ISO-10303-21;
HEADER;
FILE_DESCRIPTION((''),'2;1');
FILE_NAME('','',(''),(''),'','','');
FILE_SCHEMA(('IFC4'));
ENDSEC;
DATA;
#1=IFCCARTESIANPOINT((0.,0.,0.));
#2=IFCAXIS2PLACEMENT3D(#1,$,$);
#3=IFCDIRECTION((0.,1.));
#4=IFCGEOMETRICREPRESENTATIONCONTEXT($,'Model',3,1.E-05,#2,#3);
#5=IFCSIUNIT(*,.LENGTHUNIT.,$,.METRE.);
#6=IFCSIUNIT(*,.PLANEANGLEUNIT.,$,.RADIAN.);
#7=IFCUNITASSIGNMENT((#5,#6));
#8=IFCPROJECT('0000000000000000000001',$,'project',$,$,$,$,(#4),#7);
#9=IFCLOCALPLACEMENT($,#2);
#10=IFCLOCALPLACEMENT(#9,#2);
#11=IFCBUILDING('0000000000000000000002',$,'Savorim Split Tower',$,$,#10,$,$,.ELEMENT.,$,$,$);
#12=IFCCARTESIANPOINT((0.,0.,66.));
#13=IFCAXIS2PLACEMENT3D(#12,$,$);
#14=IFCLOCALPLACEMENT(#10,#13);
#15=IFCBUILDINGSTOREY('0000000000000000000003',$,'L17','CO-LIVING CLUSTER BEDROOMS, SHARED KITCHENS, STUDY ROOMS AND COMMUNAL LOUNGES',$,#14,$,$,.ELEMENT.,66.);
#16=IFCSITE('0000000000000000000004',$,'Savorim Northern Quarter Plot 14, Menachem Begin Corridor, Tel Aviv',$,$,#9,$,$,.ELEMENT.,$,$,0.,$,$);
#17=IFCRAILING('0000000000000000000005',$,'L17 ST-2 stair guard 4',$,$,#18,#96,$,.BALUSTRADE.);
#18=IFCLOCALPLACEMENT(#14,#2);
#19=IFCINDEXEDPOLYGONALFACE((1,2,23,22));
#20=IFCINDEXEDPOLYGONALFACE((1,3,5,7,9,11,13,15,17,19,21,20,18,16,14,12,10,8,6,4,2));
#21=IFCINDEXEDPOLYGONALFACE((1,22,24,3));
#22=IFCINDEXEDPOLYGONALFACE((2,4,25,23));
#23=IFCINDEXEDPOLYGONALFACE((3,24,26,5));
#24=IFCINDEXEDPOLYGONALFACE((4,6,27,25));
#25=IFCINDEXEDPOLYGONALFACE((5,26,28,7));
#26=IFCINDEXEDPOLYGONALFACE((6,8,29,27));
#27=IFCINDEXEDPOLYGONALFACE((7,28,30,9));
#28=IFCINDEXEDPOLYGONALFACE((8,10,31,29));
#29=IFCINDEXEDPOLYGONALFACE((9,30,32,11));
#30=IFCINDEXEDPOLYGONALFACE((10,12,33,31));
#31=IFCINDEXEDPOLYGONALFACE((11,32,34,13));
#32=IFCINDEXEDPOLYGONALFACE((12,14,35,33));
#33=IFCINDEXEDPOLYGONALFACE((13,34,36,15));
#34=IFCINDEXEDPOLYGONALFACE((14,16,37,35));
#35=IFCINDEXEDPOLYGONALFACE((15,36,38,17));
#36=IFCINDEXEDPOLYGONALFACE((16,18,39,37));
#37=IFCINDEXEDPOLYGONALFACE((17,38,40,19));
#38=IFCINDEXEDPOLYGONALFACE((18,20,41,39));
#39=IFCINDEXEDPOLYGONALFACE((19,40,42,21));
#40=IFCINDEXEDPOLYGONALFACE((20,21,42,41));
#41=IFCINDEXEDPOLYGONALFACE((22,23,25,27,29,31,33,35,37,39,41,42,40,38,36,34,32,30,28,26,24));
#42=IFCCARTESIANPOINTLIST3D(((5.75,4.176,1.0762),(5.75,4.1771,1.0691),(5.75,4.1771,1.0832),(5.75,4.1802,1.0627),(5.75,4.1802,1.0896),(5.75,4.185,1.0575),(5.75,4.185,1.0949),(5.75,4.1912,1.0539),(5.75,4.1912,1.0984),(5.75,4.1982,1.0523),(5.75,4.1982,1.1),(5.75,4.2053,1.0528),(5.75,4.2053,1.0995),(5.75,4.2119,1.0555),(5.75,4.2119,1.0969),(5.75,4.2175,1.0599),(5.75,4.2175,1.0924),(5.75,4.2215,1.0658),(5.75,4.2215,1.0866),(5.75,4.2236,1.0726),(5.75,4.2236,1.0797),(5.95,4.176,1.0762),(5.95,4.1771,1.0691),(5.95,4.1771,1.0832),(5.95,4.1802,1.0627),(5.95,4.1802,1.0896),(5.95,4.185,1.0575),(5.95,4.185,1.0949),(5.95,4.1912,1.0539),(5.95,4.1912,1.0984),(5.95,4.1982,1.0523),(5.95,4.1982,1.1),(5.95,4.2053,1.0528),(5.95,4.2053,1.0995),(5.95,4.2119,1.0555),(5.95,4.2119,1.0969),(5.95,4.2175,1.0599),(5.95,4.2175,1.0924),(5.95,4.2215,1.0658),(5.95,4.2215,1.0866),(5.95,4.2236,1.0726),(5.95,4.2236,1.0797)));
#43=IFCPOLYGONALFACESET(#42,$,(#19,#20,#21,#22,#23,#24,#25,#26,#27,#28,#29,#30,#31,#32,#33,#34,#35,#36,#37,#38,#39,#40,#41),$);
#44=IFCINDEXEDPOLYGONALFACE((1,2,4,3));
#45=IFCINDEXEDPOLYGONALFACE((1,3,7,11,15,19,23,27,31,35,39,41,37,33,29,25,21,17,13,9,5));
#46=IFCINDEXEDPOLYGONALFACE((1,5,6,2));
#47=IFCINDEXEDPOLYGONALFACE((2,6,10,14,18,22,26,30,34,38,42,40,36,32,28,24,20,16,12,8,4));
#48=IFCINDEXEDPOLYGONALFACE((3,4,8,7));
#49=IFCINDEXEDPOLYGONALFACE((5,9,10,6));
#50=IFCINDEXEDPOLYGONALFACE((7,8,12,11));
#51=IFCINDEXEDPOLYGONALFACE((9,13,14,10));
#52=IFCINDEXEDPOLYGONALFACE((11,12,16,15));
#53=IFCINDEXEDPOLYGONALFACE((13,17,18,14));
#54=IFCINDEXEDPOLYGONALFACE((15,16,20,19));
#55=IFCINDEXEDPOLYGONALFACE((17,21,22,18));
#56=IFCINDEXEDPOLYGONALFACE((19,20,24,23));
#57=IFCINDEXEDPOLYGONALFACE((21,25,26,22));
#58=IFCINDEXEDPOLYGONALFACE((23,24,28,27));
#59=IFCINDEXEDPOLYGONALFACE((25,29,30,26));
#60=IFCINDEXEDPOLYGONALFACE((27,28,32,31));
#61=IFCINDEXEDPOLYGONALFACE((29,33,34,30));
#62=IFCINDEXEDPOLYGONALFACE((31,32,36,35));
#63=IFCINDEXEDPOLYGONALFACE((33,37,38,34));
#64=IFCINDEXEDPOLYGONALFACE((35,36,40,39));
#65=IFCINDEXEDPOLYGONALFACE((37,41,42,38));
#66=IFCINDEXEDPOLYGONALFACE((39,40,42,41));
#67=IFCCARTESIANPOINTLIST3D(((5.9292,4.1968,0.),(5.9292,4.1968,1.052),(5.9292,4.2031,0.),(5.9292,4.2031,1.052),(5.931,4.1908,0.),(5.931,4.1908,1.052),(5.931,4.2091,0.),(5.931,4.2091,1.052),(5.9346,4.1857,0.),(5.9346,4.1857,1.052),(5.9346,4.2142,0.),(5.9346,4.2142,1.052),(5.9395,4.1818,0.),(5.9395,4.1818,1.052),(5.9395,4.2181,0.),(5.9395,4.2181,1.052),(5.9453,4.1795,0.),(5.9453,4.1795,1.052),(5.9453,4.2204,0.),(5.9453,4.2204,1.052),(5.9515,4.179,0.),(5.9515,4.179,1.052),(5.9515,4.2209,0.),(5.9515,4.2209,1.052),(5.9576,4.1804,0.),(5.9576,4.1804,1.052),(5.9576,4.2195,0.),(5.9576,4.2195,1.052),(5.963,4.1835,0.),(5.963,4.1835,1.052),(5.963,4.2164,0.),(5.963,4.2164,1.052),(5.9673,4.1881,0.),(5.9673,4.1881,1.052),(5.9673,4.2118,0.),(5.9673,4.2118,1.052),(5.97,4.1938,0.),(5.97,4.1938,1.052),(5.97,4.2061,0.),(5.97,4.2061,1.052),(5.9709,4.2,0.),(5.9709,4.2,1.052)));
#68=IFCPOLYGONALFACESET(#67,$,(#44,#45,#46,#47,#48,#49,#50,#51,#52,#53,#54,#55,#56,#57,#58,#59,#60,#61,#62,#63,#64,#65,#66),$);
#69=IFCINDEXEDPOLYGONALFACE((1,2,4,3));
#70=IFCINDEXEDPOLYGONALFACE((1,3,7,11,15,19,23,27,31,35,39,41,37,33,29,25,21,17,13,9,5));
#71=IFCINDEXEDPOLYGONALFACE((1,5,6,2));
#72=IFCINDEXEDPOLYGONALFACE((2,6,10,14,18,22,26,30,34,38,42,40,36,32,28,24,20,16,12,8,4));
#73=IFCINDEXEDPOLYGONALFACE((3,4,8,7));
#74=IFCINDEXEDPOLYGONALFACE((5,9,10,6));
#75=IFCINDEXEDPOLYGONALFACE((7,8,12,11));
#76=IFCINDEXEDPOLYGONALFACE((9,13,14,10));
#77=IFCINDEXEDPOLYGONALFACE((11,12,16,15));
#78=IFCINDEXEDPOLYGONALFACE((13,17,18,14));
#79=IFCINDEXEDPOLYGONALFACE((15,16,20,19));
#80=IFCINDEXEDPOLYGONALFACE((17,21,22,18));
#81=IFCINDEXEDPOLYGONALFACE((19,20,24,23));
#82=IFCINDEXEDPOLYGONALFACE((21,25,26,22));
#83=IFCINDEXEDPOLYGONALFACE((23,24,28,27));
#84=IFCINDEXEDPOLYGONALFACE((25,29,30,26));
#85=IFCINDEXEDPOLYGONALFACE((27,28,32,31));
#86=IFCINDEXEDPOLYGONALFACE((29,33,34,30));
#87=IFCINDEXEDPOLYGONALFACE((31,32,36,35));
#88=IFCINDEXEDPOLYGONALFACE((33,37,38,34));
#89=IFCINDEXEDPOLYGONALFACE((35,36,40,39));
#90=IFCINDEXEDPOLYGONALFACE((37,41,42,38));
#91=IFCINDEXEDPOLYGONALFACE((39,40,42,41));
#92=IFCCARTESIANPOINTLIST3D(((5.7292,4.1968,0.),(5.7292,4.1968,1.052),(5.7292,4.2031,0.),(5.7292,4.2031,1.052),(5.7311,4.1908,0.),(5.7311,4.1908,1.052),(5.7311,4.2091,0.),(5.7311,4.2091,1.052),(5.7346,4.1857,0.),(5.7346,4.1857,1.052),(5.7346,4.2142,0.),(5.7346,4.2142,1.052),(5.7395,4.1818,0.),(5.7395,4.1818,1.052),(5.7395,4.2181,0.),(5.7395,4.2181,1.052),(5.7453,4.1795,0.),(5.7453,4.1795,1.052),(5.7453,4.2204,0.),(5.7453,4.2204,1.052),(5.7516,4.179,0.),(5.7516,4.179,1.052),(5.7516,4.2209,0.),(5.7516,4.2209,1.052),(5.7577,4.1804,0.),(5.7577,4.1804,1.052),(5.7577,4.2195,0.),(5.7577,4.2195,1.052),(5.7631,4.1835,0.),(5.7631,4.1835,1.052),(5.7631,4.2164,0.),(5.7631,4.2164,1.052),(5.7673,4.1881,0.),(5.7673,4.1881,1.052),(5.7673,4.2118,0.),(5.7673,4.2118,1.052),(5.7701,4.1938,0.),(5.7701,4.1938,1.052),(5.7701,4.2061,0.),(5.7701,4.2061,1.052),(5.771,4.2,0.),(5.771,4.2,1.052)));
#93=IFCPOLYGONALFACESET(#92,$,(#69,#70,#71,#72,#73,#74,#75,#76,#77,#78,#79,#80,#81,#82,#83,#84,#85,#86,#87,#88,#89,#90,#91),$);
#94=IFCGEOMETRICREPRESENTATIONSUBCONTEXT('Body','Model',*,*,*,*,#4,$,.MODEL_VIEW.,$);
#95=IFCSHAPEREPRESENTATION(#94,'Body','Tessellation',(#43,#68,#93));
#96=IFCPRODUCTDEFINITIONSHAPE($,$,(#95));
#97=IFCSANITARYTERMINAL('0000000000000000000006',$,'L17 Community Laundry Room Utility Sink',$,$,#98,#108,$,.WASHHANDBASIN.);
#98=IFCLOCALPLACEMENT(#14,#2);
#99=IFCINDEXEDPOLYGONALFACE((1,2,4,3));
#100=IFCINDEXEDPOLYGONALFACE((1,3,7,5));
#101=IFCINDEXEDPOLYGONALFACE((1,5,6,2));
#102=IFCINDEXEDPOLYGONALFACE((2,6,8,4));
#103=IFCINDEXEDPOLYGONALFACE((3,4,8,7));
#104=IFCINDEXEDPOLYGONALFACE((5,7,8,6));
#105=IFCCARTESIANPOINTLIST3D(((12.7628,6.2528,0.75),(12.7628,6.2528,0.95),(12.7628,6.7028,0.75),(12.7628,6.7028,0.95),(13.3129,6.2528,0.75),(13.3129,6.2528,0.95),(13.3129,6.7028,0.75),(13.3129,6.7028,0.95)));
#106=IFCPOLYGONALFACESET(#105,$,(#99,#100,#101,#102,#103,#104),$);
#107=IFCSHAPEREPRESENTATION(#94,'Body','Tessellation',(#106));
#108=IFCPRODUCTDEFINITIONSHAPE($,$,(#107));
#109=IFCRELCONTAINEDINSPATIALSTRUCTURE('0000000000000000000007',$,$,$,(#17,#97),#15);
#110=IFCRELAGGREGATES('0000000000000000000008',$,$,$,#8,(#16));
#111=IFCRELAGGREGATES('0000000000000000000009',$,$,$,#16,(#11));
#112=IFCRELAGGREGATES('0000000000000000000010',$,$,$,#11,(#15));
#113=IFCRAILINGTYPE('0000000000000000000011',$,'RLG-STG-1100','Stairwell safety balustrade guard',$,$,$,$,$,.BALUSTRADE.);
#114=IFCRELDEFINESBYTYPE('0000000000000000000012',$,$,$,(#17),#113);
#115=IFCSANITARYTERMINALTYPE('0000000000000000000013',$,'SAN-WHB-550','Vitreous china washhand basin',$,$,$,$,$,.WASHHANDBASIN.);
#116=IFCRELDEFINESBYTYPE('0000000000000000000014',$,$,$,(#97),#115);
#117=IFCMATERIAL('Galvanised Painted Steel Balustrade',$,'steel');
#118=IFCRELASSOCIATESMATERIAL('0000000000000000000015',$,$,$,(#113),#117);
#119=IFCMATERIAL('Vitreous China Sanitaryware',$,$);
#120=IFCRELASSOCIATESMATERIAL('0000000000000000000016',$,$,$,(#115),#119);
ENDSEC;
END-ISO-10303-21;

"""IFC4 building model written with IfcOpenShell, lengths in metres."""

from ifc_helpers import new_model, si_unit, direction, frame, origin, origin_2d, place, context, subcontext, project, spatial, rectangle, circle, extrude, material, type_object, element, save


model = new_model("IFC4")

# Units and contexts
model_context = context("Model", 3, precision=1e-05, world=origin(), true_north=direction((0.0, 1.0)))
body_context = subcontext(model_context, "Body", "Model", "MODEL_VIEW")
ifc_project = project(units=[si_unit("LENGTHUNIT", "METRE"), si_unit("PLANEANGLEUNIT", "RADIAN")], contexts=[model_context])

# Site, building, storey
site_placement = place(None, origin())
site = spatial("IfcSite", under=ifc_project, at=site_placement, Name="Savorim Northern Quarter Plot 14, Menachem Begin Corridor, Tel Aviv", CompositionType="ELEMENT", RefElevation=0.0)
building_placement = place(site_placement, origin())
building = spatial("IfcBuilding", under=site, at=building_placement, Name="Savorim Split Tower", CompositionType="ELEMENT")
storey_placement = place(building_placement, frame((0.0, 0.0, 66.0)))
storey = spatial("IfcBuildingStorey", under=building, at=storey_placement, Name="L17", Description="CO-LIVING CLUSTER BEDROOMS, SHARED KITCHENS, STUDY ROOMS AND COMMUNAL LOUNGES", CompositionType="ELEMENT", Elevation=66.0)

# Railing
ifc_material_1 = material(Name="Galvanised Painted Steel Balustrade", Category="steel")
railing_type_1 = type_object("IfcRailingType", Name="RLG-STG-1100", Description="Stairwell safety balustrade guard", PredefinedType="BALUSTRADE", material=ifc_material_1)
railing_1_placement = place(storey_placement, frame((5.95, 4.2, 0.0)))
element("IfcRailing", 1, at=railing_1_placement, inside=storey, type_object=railing_type_1, Name="L17 ST-2 stair guard 4", PredefinedType="BALUSTRADE", context=body_context, shape_type="SweptSolid", body=[
    extrude(circle(Radius=0.0239, at=origin_2d()), frame((0.0, 0.0, 1.0762), z_axis=(-1.0, 0.0, 0.0), x_axis=(0.0, -1.0, 0.0)), (0.0, 0.0, 1.0), 0.2),
    extrude(circle(Radius=0.021, at=origin_2d()), origin(), (0.0, 0.0, 1.0), 1.052),
    extrude(circle(Radius=0.021, at=origin_2d()), frame((-0.2, 0.0, 0.0)), (0.0, 0.0, 1.0), 1.052),
])

# Sanitary terminal
ifc_material_2 = material(Name="Vitreous China Sanitaryware")
sanitary_terminal_type = type_object("IfcSanitaryTerminalType", Name="SAN-WHB-550", Description="Vitreous china washhand basin", PredefinedType="WASHHANDBASIN", material=ifc_material_2)
sanitary_terminal_placement = place(storey_placement, frame((13.0378, 6.4778, 0.75), z_axis=(0.0, 0.0, 1.0), x_axis=(1.0, 0.0, 0.0)))
element("IfcSanitaryTerminal", 2, at=sanitary_terminal_placement, inside=storey, type_object=sanitary_terminal_type, Name="L17 Community Laundry Room Utility Sink", PredefinedType="WASHHANDBASIN", context=body_context, shape_type="SweptSolid", body=[
    extrude(rectangle(XDim=0.55, YDim=0.45, at=origin_2d()), origin(), (0.0, 0.0, 1.0), 0.2),
])

save(model, "model.ifc")
